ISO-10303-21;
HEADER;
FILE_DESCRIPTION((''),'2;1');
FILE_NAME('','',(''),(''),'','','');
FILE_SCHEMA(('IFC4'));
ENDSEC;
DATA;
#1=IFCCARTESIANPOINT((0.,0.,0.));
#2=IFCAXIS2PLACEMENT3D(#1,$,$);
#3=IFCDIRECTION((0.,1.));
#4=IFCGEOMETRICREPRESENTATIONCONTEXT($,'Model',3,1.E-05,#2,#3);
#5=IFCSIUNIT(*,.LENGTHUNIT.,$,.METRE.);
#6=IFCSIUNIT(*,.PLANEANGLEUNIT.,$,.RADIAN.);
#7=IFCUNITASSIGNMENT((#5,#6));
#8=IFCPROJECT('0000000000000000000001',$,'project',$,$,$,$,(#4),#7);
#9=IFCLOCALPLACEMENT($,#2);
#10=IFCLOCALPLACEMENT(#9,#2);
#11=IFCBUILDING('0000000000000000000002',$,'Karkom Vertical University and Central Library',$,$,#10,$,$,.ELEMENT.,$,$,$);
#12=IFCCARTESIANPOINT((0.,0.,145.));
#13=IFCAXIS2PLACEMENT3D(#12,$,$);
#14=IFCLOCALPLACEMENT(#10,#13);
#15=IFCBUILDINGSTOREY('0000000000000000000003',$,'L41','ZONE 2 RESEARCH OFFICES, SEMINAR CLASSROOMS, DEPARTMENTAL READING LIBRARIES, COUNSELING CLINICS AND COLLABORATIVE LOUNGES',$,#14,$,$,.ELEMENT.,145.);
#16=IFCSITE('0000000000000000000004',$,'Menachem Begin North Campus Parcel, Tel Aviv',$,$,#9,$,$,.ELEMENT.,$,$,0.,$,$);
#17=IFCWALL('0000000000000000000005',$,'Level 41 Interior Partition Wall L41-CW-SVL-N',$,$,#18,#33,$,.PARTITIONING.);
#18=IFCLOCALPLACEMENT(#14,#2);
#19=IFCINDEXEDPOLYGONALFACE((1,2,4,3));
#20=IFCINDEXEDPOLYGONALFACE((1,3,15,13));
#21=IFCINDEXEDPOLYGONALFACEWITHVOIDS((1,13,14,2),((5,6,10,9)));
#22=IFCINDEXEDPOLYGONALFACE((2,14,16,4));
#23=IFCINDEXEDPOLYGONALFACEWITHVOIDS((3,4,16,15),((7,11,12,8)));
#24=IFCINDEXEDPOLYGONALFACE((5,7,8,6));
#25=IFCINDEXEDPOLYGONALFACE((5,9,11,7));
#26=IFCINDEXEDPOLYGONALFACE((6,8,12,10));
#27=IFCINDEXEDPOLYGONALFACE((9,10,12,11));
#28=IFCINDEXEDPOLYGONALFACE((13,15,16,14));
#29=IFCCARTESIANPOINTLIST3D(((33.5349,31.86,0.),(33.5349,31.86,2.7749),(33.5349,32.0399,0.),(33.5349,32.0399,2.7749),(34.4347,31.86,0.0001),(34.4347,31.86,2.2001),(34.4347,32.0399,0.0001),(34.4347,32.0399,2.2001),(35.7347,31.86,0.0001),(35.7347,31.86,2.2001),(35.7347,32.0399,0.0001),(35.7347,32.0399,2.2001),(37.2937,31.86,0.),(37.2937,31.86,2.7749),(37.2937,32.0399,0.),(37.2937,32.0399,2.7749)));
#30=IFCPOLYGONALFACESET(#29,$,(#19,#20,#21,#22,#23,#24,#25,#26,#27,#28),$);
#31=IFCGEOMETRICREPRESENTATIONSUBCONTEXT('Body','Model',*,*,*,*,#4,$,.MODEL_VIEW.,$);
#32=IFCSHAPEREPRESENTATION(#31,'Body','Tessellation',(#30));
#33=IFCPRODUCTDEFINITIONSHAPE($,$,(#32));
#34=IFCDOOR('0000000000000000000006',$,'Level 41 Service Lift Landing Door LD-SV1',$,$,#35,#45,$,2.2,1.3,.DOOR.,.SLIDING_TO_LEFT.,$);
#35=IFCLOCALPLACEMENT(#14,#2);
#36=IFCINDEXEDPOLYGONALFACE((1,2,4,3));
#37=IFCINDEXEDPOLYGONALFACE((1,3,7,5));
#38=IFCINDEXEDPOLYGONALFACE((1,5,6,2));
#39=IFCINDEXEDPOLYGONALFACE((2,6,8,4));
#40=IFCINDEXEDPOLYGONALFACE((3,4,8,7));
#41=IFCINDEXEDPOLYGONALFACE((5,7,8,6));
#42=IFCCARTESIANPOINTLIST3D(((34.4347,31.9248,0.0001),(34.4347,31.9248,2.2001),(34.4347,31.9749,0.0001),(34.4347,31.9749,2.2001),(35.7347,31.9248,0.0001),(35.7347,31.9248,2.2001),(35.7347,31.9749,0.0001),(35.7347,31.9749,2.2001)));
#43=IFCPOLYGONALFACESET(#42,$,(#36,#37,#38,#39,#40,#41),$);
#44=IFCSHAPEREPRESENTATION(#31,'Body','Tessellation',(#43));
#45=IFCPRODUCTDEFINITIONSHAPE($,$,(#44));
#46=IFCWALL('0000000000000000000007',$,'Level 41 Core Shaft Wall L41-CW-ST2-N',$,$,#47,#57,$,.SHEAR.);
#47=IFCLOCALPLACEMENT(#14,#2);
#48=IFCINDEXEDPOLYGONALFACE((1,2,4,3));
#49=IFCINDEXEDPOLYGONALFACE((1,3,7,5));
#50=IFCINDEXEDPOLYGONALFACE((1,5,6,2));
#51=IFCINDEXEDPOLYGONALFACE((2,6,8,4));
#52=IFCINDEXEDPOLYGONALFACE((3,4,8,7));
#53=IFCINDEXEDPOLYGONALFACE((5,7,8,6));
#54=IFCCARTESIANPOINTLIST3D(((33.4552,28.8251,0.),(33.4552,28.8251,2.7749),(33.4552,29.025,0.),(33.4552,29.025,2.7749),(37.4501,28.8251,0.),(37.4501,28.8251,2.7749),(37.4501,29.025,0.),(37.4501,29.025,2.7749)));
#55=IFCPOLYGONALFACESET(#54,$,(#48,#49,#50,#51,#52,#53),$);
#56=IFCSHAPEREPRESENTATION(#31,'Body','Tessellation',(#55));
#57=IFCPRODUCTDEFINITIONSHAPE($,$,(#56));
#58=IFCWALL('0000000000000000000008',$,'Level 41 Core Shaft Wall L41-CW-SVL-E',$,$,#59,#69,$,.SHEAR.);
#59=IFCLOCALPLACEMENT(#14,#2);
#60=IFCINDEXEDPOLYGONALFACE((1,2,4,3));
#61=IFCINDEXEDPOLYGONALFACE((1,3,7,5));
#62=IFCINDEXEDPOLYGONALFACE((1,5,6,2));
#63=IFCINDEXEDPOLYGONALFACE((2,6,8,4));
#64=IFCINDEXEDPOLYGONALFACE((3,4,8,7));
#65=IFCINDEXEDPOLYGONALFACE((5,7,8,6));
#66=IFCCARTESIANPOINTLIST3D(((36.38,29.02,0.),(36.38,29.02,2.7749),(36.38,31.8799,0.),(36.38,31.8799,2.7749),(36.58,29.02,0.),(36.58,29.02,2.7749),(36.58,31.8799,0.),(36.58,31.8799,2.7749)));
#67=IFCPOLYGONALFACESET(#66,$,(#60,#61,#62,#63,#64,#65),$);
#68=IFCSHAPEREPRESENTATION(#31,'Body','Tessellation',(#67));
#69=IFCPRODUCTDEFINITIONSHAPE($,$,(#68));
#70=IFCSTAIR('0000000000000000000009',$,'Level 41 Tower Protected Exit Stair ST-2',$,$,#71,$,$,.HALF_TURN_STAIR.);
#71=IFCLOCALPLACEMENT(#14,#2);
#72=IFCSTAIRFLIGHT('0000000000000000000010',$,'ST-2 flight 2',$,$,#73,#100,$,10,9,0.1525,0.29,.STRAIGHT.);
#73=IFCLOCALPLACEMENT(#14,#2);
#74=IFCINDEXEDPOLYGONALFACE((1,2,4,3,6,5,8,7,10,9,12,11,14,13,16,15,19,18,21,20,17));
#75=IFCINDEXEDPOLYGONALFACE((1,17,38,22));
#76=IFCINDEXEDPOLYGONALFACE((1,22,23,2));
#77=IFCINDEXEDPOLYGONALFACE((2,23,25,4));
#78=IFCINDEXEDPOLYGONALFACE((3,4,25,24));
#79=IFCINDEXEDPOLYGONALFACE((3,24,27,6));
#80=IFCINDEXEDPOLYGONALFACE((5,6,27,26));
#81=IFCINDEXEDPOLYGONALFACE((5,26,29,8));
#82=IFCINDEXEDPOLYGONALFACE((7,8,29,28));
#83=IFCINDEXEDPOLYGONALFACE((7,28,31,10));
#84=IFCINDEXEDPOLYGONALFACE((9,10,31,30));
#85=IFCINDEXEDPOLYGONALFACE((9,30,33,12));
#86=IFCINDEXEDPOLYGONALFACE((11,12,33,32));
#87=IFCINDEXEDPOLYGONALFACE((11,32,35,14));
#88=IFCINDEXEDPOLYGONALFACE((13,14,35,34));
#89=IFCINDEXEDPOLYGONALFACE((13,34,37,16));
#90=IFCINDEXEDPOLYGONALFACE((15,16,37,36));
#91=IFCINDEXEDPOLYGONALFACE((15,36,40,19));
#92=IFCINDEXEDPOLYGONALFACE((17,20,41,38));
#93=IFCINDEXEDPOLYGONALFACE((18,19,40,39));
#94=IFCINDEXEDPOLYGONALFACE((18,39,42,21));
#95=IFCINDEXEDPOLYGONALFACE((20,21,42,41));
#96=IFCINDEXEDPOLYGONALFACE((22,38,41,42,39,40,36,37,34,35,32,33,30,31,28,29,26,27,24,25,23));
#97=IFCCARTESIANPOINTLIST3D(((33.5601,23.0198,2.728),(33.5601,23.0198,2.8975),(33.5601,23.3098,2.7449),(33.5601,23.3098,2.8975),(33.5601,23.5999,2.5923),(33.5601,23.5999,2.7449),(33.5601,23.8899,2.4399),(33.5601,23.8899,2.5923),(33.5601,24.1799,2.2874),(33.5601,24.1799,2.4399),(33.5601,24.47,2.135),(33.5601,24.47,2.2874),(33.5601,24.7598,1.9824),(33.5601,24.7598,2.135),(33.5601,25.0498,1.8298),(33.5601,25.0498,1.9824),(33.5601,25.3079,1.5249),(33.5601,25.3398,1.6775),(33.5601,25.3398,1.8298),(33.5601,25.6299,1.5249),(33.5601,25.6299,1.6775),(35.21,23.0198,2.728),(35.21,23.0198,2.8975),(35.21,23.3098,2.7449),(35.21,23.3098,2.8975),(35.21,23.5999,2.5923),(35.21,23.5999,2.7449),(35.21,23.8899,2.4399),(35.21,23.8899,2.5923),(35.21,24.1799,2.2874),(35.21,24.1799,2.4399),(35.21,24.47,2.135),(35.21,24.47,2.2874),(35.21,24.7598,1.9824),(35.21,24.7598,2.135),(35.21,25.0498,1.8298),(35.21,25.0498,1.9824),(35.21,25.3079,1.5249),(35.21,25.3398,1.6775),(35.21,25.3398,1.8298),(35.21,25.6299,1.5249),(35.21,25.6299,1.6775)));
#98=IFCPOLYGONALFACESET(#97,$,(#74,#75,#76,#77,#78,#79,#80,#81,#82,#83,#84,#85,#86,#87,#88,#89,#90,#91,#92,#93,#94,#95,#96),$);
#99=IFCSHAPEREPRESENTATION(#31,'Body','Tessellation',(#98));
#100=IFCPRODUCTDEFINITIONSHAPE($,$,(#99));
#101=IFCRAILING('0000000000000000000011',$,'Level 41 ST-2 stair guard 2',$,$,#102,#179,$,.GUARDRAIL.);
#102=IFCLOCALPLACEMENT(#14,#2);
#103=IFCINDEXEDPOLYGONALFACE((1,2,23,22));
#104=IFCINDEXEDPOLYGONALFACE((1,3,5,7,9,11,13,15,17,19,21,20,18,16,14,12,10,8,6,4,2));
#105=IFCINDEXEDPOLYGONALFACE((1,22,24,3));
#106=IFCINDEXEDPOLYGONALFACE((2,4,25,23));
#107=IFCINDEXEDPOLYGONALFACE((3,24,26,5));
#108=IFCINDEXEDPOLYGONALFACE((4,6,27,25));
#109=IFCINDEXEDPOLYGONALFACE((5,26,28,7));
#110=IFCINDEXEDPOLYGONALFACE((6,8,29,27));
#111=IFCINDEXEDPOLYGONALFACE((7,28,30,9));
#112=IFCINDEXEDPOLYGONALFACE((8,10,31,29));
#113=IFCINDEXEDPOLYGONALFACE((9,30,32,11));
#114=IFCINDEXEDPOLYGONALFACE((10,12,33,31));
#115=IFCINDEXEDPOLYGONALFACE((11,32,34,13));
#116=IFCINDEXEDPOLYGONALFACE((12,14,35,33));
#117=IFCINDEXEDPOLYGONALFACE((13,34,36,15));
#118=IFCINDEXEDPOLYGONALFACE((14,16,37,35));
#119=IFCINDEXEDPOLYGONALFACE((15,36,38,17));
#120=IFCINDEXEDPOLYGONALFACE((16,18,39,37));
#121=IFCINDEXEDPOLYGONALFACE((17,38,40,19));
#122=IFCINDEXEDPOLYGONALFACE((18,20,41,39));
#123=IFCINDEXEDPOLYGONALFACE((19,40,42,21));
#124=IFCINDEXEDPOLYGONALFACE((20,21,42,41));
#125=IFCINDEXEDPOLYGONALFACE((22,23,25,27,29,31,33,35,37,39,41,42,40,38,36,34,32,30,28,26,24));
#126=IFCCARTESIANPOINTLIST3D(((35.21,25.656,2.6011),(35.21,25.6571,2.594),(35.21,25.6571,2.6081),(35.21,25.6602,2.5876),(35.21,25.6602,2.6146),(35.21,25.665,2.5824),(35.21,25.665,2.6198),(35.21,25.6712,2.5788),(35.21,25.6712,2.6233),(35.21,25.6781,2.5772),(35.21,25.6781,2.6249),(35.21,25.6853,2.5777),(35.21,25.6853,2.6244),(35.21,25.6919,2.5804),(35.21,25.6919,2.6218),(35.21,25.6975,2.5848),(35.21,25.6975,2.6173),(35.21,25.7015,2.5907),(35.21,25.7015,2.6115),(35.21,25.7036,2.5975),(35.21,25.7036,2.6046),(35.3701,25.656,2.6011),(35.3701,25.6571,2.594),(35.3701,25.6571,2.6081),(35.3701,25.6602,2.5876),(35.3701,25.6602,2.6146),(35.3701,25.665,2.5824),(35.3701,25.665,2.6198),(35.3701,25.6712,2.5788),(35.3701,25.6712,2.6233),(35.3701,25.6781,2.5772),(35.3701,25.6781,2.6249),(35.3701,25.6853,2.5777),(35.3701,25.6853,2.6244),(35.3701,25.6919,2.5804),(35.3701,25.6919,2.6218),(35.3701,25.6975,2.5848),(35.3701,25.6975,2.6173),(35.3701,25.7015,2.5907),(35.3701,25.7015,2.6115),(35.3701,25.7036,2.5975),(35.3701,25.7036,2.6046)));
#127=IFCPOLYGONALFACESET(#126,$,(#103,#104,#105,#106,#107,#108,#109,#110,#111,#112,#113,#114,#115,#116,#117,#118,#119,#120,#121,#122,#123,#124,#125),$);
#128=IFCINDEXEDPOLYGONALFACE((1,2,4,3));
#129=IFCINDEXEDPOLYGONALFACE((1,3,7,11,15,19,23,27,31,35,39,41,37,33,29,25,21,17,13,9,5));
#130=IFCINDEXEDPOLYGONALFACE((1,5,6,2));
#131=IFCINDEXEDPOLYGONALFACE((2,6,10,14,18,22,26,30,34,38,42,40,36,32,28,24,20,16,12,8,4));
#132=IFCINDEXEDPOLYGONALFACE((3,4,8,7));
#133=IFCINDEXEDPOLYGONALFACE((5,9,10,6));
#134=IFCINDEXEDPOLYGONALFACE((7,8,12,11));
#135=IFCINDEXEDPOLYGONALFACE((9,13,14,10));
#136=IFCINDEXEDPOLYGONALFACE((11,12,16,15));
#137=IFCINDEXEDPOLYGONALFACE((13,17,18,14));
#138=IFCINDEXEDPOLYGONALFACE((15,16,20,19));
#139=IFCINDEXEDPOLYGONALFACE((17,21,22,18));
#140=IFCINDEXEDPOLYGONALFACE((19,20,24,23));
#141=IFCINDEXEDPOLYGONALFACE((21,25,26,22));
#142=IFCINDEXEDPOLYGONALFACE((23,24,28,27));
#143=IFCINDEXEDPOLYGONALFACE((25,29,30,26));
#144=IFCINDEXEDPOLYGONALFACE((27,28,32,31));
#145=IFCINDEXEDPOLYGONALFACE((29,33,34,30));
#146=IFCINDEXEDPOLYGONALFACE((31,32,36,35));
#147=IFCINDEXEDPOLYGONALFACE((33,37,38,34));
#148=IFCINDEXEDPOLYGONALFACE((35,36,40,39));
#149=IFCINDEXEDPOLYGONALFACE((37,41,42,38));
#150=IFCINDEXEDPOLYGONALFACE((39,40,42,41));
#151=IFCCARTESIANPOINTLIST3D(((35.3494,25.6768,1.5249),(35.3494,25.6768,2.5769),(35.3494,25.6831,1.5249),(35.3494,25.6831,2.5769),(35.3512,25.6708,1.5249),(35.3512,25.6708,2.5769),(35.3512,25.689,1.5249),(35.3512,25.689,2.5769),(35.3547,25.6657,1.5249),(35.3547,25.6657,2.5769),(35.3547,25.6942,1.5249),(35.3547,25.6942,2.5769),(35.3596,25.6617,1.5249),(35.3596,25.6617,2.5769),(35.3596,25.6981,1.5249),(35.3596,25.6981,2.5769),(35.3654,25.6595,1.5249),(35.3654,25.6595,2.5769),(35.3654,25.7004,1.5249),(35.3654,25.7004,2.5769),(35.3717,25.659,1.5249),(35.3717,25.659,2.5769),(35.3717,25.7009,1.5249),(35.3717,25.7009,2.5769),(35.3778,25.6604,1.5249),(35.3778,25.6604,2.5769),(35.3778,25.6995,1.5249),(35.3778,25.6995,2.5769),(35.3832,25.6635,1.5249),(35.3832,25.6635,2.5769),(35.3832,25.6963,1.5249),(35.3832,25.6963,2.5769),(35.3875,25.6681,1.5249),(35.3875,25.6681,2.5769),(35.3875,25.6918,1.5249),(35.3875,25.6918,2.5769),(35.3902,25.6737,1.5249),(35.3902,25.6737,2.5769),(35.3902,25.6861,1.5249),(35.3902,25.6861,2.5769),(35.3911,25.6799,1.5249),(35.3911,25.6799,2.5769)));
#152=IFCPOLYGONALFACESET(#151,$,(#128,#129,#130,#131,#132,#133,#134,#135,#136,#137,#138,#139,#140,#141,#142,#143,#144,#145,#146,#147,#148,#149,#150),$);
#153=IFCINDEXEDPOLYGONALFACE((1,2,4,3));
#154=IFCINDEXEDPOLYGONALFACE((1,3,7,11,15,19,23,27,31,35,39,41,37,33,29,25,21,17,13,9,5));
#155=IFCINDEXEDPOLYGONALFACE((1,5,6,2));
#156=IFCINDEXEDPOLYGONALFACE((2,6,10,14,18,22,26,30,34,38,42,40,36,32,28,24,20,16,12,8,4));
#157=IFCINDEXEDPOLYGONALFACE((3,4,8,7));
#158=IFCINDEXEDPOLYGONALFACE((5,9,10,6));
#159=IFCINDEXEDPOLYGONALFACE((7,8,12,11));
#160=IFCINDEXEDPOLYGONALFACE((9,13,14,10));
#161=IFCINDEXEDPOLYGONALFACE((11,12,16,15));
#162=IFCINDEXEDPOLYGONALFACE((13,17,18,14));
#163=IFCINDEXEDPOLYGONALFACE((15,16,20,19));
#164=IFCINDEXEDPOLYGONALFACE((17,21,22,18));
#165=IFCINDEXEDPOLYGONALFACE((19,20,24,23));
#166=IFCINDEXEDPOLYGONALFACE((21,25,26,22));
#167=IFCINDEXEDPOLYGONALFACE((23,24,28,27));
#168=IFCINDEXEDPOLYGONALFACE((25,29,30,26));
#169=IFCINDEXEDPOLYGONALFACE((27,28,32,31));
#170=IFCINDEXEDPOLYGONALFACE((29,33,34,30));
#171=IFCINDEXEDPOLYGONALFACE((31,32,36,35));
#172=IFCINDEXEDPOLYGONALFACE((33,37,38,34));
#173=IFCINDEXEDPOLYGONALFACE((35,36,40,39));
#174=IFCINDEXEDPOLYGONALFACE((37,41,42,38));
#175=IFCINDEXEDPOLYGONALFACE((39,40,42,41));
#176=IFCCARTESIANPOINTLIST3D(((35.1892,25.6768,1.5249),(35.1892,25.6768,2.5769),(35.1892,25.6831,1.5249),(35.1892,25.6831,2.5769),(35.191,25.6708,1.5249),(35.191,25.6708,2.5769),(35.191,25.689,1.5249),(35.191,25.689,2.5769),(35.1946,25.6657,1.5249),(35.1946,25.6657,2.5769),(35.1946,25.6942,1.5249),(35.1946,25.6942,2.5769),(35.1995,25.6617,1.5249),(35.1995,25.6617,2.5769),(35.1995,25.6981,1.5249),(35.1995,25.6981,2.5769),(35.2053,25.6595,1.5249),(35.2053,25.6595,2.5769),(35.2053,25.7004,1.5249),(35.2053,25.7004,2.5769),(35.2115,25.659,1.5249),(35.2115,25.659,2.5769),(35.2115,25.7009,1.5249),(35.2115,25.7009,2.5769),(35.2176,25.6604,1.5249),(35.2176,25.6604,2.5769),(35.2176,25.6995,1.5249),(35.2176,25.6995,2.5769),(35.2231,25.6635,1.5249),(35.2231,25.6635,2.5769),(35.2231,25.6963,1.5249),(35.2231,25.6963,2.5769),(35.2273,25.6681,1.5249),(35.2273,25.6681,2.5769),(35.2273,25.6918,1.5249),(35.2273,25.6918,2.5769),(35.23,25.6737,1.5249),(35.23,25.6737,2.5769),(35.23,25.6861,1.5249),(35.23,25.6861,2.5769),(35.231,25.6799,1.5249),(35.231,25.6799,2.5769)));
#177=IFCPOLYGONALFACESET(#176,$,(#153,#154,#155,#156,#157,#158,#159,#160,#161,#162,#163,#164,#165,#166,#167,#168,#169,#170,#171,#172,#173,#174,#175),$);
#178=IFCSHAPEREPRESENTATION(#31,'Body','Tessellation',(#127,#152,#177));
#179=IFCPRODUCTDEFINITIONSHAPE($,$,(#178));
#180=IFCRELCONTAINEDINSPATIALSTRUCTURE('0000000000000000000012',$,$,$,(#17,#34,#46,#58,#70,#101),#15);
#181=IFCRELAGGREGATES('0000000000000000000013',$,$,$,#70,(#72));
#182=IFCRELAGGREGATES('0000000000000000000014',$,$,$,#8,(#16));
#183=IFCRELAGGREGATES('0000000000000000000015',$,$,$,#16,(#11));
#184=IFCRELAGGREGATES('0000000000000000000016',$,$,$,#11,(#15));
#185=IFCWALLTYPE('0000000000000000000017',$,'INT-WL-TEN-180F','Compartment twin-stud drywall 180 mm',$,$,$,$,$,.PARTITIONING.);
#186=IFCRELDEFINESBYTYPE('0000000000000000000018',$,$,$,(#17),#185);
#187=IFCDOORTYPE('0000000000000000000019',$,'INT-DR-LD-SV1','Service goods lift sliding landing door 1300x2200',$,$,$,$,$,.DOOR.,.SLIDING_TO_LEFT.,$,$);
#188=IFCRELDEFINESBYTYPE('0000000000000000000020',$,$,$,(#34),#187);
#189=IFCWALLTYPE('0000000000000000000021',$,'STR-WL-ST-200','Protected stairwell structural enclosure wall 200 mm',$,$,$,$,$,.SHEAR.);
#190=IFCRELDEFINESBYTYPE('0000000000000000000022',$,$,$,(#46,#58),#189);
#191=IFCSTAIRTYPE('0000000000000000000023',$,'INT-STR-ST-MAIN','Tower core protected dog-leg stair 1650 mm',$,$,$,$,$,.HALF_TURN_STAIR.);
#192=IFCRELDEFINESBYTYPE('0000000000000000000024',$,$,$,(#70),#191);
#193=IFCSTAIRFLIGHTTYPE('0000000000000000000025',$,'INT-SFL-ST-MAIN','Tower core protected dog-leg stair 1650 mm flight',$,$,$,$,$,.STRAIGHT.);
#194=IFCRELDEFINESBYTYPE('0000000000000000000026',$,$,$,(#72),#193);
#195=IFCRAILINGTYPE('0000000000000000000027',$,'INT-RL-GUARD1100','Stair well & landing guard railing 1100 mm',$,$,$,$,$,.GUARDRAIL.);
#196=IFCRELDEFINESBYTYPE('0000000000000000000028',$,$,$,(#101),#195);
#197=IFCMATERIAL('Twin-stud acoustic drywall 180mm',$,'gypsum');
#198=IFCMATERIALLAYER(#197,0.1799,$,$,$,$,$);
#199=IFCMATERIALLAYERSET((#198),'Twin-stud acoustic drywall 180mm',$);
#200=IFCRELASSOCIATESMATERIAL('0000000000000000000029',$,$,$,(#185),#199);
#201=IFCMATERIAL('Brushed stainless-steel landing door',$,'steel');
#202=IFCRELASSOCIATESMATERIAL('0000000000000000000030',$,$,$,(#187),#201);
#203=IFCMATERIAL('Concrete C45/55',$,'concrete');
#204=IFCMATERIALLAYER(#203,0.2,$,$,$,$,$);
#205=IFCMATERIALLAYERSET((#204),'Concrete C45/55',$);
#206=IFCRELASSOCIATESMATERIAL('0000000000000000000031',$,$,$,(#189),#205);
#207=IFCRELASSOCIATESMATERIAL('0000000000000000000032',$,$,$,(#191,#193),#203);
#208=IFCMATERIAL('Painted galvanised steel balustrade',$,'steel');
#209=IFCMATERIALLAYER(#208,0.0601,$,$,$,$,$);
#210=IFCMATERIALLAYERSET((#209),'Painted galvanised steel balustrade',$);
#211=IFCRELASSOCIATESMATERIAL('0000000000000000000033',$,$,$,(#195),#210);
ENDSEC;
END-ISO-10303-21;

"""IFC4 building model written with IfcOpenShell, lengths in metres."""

from ifc_helpers import new_model, si_unit, direction, frame, frame_2d, origin, origin_with_axes, origin_2d, place, context, subcontext, project, spatial, polyline, rectangle, circle, outline, extrude, source, transform, mapped, material, layer, layer_set, type_object, element, fill, aggregate, save


model = new_model("IFC4")

# Units and contexts
model_context = context("Model", 3, precision=1e-05, world=origin(), true_north=direction((0.0, 1.0)))
body_context = subcontext(model_context, "Body", "Model", "MODEL_VIEW")
ifc_project = project(units=[si_unit("LENGTHUNIT", "METRE"), si_unit("PLANEANGLEUNIT", "RADIAN")], contexts=[model_context])

# Site, building, storey
site_placement = place(None, origin())
site = spatial("IfcSite", under=ifc_project, at=site_placement, Name="Menachem Begin North Campus Parcel, Tel Aviv", CompositionType="ELEMENT", RefElevation=0.0)
building_placement = place(site_placement, origin())
building = spatial("IfcBuilding", under=site, at=building_placement, Name="Karkom Vertical University and Central Library", CompositionType="ELEMENT")
storey_placement = place(building_placement, frame((0.0, 0.0, 145.0)))
storey = spatial("IfcBuildingStorey", under=building, at=storey_placement, Name="L41", Description="ZONE 2 RESEARCH OFFICES, SEMINAR CLASSROOMS, DEPARTMENTAL READING LIBRARIES, COUNSELING CLINICS AND COLLABORATIVE LOUNGES", CompositionType="ELEMENT", Elevation=145.0)

# Wall, opening, door
ifc_material_1 = material(Name="Twin-stud acoustic drywall 180mm", Category="gypsum")
ifc_layer_1 = layer(ifc_material_1, 0.1799)
ifc_layer_set_1 = layer_set([ifc_layer_1], Name="Twin-stud acoustic drywall 180mm")
wall_type_1 = type_object("IfcWallType", Name="INT-WL-TEN-180F", Description="Compartment twin-stud drywall 180 mm", PredefinedType="PARTITIONING", material=ifc_layer_set_1)
wall_1_placement = place(storey_placement, frame((33.5349, 31.95, 0.0), z_axis=(0.0, 0.0, 1.0), x_axis=(1.0, 0.0, 0.0)))
wall_1 = element("IfcWall", 1, at=wall_1_placement, inside=storey, type_object=wall_type_1, Name="Level 41 Interior Partition Wall L41-CW-SVL-N", PredefinedType="PARTITIONING", context=body_context, shape_type="SweptSolid", body=[
    extrude(rectangle(XDim=3.7588, YDim=0.1799, at=frame_2d((1.8794, 0.0))), origin(), (0.0, 0.0, 1.0), 2.7749),
])
opening_1_placement = place(wall_1_placement, frame((0.8999, 0.0, 0.0)))
opening_1 = element("IfcOpeningElement", 2, at=opening_1_placement, cuts=wall_1, PredefinedType="OPENING", context=body_context, shape_type="SweptSolid", body=[
    extrude(rectangle(XDim=1.3, YDim=2.2, at=frame_2d((0.6499, 1.1001))), frame((0.0, 0.1001, 0.0), z_axis=(0.0, -1.0, 0.0), x_axis=(1.0, 0.0, 0.0)), (0.0, 0.0, 1.0), 0.2),
])
ifc_material_2 = material(Name="Brushed stainless-steel landing door", Category="steel")
door_type_1 = type_object("IfcDoorType", Name="INT-DR-LD-SV1", Description="Service goods lift sliding landing door 1300x2200", OperationType="SLIDING_TO_LEFT", PredefinedType="DOOR", material=ifc_material_2)
shared_shape_1 = source(origin_with_axes(), body_context, "Body", "SweptSolid", [
    extrude(rectangle(XDim=1.3, YDim=2.2, at=frame_2d((0.6499, 1.1001))), frame((0.0, 0.0249, 0.0), z_axis=(0.0, -1.0, 0.0), x_axis=(1.0, 0.0, 0.0)), (0.0, 0.0, 1.0), 0.05),
])
door_1_placement = place(opening_1_placement, origin())
door_1 = element("IfcDoor", 3, at=door_1_placement, inside=storey, type_object=door_type_1, Name="Level 41 Service Lift Landing Door LD-SV1", OperationType="SLIDING_TO_LEFT", OverallHeight=2.2, OverallWidth=1.3, PredefinedType="DOOR", context=body_context, shape_type="MappedRepresentation", body=[
    mapped(shared_shape_1, transform((0.0, 0.0, 0.0), scale=1.0)),
])
fill(opening_1, door_1)

# Walls
ifc_material_3 = material(Name="Concrete C45/55", Category="concrete")
ifc_layer_2 = layer(ifc_material_3, 0.2)
ifc_layer_set_2 = layer_set([ifc_layer_2], Name="Concrete C45/55")
wall_type_2 = type_object("IfcWallType", Name="STR-WL-ST-200", Description="Protected stairwell structural enclosure wall 200 mm", PredefinedType="SHEAR", material=ifc_layer_set_2)
wall_2_placement = place(storey_placement, frame((33.4551, 28.925, 0.0), z_axis=(0.0, 0.0, 1.0), x_axis=(1.0, 0.0, 0.0)))
element("IfcWall", 4, at=wall_2_placement, inside=storey, type_object=wall_type_2, Name="Level 41 Core Shaft Wall L41-CW-ST2-N", PredefinedType="SHEAR", context=body_context, shape_type="SweptSolid", body=[
    extrude(rectangle(XDim=3.9949, YDim=0.2, at=frame_2d((1.9976, 0.0))), origin(), (0.0, 0.0, 1.0), 2.7749),
])
wall_3_placement = place(storey_placement, frame((36.48, 29.02, 0.0), z_axis=(0.0, 0.0, 1.0), x_axis=(0.0, 1.0, 0.0)))
element("IfcWall", 5, at=wall_3_placement, inside=storey, type_object=wall_type_2, Name="Level 41 Core Shaft Wall L41-CW-SVL-E", PredefinedType="SHEAR", context=body_context, shape_type="SweptSolid", body=[
    extrude(rectangle(XDim=2.8599, YDim=0.2, at=frame_2d((1.4299, 0.0))), origin(), (0.0, 0.0, 1.0), 2.7749),
])

# Stair, stair flight
stair_type = type_object("IfcStairType", Name="INT-STR-ST-MAIN", Description="Tower core protected dog-leg stair 1650 mm", PredefinedType="HALF_TURN_STAIR", material=ifc_material_3)
stair_placement = place(storey_placement, origin())
stair = element("IfcStair", 6, at=stair_placement, inside=storey, type_object=stair_type, Name="Level 41 Tower Protected Exit Stair ST-2", PredefinedType="HALF_TURN_STAIR")
stair_flight_type = type_object("IfcStairFlightType", Name="INT-SFL-ST-MAIN", Description="Tower core protected dog-leg stair 1650 mm flight", PredefinedType="STRAIGHT", material=ifc_material_3)
stair_flight_placement = place(storey_placement, frame((34.385, 25.6299, 1.5249), z_axis=(0.0, 0.0, 1.0), x_axis=(0.0, -1.0, 0.0)))
stair_flight = element("IfcStairFlight", 7, at=stair_flight_placement, type_object=stair_flight_type, Name="ST-2 flight 2", NumberOfRisers=10, NumberOfTreads=9, PredefinedType="STRAIGHT", RiserHeight=0.1525, TreadLength=0.29, context=body_context, shape_type="SweptSolid", body=[
    extrude(outline(polyline([(0.0, 0.0), (0.0, 0.1526), (0.29, 0.1526), (0.29, 0.3049), (0.5801, 0.3049), (0.5801, 0.4575), (0.8701, 0.4575), (0.8701, 0.6101), (1.1599, 0.6101), (1.1599, 0.7625), (1.45, 0.7625), (1.45, 0.915), (1.74, 0.915), (1.74, 1.0674), (2.03, 1.0674), (2.03, 1.22), (2.3201, 1.22), (2.3201, 1.3726), (2.6101, 1.3726), (2.6101, 1.5249), (2.6101, 1.2031), (0.322, 0.0), (0.0, 0.0)])), frame((0.0, 0.825, 0.0), z_axis=(0.0, -1.0, 0.0), x_axis=(1.0, 0.0, 0.0)), (0.0, 0.0, 1.0), 1.6499),
])
aggregate(stair, [stair_flight])

# Railing
ifc_material_4 = material(Name="Painted galvanised steel balustrade", Category="steel")
ifc_layer_3 = layer(ifc_material_4, 0.0601)
ifc_layer_set_3 = layer_set([ifc_layer_3], Name="Painted galvanised steel balustrade")
railing_type_1 = type_object("IfcRailingType", Name="INT-RL-GUARD1100", Description="Stair well & landing guard railing 1100 mm", PredefinedType="GUARDRAIL", material=ifc_layer_set_3)
railing_1_placement = place(storey_placement, frame((35.3701, 25.6799, 1.5249)))
element("IfcRailing", 8, at=railing_1_placement, inside=storey, type_object=railing_type_1, Name="Level 41 ST-2 stair guard 2", PredefinedType="GUARDRAIL", context=body_context, shape_type="SweptSolid", body=[
    extrude(circle(Radius=0.0239, at=origin_2d()), frame((0.0, 0.0, 1.0762), z_axis=(-1.0, 0.0, 0.0), x_axis=(0.0, -1.0, 0.0)), (0.0, 0.0, 1.0), 0.1602),
    extrude(circle(Radius=0.021, at=origin_2d()), origin(), (0.0, 0.0, 1.0), 1.052),
    extrude(circle(Radius=0.021, at=origin_2d()), frame((-0.1602, 0.0, 0.0)), (0.0, 0.0, 1.0), 1.052),
])

save(model, "model.ifc")
